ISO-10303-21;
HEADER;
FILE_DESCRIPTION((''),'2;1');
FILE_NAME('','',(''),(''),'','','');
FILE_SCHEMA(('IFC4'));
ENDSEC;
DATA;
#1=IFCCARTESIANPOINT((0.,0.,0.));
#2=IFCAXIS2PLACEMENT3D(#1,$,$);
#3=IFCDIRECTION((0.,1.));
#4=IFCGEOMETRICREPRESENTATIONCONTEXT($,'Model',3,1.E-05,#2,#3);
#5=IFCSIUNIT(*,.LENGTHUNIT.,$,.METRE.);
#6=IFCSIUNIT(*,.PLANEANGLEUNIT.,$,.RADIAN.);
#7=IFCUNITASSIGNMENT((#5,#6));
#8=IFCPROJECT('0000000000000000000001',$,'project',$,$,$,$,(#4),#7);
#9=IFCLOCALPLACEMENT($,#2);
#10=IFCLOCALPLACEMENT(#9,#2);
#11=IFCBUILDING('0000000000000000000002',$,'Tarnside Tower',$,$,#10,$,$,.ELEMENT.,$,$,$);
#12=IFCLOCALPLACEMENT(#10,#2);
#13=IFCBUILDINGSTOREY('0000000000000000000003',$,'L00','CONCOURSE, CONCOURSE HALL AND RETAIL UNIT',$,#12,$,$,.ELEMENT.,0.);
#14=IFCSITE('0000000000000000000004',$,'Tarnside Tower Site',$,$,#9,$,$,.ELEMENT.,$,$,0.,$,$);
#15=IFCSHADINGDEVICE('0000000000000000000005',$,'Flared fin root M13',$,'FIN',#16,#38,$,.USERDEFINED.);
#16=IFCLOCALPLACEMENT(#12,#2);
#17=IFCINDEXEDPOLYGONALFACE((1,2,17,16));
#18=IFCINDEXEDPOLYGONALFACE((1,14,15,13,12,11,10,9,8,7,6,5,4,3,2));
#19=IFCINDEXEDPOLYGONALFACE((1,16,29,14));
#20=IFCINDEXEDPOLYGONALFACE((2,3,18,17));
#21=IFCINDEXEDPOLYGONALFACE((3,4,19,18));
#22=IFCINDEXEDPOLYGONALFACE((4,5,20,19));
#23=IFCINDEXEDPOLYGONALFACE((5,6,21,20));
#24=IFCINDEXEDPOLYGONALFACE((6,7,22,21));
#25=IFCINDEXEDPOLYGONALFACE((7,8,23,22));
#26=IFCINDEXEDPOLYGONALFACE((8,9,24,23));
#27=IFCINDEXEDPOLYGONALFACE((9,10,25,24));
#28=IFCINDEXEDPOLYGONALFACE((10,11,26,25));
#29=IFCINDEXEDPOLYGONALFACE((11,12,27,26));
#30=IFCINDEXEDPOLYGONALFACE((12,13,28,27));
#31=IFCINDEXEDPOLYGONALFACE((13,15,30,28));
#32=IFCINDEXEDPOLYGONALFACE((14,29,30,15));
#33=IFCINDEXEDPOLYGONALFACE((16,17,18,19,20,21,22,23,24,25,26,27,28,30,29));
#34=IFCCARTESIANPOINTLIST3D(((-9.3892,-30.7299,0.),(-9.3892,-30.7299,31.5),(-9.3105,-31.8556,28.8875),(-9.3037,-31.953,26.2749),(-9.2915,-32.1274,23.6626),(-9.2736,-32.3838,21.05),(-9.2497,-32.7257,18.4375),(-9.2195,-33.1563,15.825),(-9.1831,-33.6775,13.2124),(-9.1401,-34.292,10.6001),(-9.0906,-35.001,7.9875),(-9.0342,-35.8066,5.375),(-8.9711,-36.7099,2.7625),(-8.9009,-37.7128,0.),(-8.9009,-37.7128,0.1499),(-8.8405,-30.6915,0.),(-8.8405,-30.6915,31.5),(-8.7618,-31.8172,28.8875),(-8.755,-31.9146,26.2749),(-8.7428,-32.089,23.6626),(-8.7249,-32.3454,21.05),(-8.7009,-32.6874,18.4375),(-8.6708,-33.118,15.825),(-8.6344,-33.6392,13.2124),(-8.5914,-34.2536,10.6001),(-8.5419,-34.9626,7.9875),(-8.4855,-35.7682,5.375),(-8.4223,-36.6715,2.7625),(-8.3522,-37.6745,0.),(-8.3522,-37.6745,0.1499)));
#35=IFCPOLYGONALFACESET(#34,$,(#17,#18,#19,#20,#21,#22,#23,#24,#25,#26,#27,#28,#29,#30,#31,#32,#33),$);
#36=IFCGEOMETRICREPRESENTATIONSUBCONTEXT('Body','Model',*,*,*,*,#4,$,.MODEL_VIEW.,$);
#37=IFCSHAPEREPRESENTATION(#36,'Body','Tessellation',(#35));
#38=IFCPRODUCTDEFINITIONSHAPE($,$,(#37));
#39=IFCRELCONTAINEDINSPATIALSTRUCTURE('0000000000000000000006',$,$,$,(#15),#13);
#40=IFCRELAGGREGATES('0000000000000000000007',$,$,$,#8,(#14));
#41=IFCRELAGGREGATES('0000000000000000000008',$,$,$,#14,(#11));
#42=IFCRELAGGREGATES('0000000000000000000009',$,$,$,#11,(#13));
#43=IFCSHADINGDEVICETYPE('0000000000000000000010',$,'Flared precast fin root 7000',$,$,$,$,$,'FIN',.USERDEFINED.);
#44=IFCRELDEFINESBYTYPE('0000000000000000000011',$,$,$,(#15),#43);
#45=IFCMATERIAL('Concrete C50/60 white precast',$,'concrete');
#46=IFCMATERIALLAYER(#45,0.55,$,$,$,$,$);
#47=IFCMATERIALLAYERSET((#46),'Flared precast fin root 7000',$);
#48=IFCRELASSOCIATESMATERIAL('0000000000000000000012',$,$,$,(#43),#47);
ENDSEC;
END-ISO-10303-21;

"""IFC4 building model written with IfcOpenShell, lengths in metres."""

from ifc_helpers import new_model, si_unit, direction, frame, origin, place, context, subcontext, project, spatial, polyline, outline, extrude, material, layer, layer_set, type_object, element, save


model = new_model("IFC4")

# Units and contexts
model_context = context("Model", 3, precision=1e-05, world=origin(), true_north=direction((0.0, 1.0)))
body_context = subcontext(model_context, "Body", "Model", "MODEL_VIEW")
ifc_project = project(units=[si_unit("LENGTHUNIT", "METRE"), si_unit("PLANEANGLEUNIT", "RADIAN")], contexts=[model_context])

# Site, building, storey
site_placement = place(None, origin())
site = spatial("IfcSite", under=ifc_project, at=site_placement, Name="Tarnside Tower Site", CompositionType="ELEMENT", RefElevation=0.0)
building_placement = place(site_placement, origin())
building = spatial("IfcBuilding", under=site, at=building_placement, Name="Tarnside Tower", CompositionType="ELEMENT")
storey_placement = place(building_placement, origin())
storey = spatial("IfcBuildingStorey", under=building, at=storey_placement, Name="L00", Description="CONCOURSE, CONCOURSE HALL AND RETAIL UNIT", CompositionType="ELEMENT", Elevation=0.0)

# Shared definitions
ifc_material_1 = material(Name="Concrete C50/60 white precast", Category="concrete")

# Shading device
ifc_layer_1 = layer(ifc_material_1, 0.55)
ifc_layer_set_1 = layer_set([ifc_layer_1], Name="Flared precast fin root 7000")
shading_device_type = type_object("IfcShadingDeviceType", Name="Flared precast fin root 7000", ElementType="FIN", PredefinedType="USERDEFINED", material=ifc_layer_set_1)
shading_device_placement = place(storey_placement, frame((-9.1147, -30.7107, 0.0), z_axis=(-0.997564, -0.069756, 0.0), x_axis=(0.069756, -0.997564, 0.0)))
element("IfcShadingDevice", 1, at=shading_device_placement, inside=storey, type_object=shading_device_type, Name="Flared fin root M13", ObjectType="FIN", PredefinedType="USERDEFINED", context=body_context, shape_type="SweptSolid", body=[
    extrude(outline(polyline([(0.0, 0.0), (7.0, 0.0), (7.0, 0.1499), (5.9946, 2.7625), (5.0891, 5.375), (4.2815, 7.9875), (3.5708, 10.6001), (2.9548, 13.2124), (2.4324, 15.825), (2.0007, 18.4375), (1.658, 21.05), (1.4009, 23.6626), (1.2261, 26.2749), (1.1284, 28.8875), (0.0, 31.5), (0.0, 0.0)])), frame((0.0, 0.0, -0.2749)), (0.0, 0.0, 1.0), 0.55),
])

save(model, "model.ifc")
